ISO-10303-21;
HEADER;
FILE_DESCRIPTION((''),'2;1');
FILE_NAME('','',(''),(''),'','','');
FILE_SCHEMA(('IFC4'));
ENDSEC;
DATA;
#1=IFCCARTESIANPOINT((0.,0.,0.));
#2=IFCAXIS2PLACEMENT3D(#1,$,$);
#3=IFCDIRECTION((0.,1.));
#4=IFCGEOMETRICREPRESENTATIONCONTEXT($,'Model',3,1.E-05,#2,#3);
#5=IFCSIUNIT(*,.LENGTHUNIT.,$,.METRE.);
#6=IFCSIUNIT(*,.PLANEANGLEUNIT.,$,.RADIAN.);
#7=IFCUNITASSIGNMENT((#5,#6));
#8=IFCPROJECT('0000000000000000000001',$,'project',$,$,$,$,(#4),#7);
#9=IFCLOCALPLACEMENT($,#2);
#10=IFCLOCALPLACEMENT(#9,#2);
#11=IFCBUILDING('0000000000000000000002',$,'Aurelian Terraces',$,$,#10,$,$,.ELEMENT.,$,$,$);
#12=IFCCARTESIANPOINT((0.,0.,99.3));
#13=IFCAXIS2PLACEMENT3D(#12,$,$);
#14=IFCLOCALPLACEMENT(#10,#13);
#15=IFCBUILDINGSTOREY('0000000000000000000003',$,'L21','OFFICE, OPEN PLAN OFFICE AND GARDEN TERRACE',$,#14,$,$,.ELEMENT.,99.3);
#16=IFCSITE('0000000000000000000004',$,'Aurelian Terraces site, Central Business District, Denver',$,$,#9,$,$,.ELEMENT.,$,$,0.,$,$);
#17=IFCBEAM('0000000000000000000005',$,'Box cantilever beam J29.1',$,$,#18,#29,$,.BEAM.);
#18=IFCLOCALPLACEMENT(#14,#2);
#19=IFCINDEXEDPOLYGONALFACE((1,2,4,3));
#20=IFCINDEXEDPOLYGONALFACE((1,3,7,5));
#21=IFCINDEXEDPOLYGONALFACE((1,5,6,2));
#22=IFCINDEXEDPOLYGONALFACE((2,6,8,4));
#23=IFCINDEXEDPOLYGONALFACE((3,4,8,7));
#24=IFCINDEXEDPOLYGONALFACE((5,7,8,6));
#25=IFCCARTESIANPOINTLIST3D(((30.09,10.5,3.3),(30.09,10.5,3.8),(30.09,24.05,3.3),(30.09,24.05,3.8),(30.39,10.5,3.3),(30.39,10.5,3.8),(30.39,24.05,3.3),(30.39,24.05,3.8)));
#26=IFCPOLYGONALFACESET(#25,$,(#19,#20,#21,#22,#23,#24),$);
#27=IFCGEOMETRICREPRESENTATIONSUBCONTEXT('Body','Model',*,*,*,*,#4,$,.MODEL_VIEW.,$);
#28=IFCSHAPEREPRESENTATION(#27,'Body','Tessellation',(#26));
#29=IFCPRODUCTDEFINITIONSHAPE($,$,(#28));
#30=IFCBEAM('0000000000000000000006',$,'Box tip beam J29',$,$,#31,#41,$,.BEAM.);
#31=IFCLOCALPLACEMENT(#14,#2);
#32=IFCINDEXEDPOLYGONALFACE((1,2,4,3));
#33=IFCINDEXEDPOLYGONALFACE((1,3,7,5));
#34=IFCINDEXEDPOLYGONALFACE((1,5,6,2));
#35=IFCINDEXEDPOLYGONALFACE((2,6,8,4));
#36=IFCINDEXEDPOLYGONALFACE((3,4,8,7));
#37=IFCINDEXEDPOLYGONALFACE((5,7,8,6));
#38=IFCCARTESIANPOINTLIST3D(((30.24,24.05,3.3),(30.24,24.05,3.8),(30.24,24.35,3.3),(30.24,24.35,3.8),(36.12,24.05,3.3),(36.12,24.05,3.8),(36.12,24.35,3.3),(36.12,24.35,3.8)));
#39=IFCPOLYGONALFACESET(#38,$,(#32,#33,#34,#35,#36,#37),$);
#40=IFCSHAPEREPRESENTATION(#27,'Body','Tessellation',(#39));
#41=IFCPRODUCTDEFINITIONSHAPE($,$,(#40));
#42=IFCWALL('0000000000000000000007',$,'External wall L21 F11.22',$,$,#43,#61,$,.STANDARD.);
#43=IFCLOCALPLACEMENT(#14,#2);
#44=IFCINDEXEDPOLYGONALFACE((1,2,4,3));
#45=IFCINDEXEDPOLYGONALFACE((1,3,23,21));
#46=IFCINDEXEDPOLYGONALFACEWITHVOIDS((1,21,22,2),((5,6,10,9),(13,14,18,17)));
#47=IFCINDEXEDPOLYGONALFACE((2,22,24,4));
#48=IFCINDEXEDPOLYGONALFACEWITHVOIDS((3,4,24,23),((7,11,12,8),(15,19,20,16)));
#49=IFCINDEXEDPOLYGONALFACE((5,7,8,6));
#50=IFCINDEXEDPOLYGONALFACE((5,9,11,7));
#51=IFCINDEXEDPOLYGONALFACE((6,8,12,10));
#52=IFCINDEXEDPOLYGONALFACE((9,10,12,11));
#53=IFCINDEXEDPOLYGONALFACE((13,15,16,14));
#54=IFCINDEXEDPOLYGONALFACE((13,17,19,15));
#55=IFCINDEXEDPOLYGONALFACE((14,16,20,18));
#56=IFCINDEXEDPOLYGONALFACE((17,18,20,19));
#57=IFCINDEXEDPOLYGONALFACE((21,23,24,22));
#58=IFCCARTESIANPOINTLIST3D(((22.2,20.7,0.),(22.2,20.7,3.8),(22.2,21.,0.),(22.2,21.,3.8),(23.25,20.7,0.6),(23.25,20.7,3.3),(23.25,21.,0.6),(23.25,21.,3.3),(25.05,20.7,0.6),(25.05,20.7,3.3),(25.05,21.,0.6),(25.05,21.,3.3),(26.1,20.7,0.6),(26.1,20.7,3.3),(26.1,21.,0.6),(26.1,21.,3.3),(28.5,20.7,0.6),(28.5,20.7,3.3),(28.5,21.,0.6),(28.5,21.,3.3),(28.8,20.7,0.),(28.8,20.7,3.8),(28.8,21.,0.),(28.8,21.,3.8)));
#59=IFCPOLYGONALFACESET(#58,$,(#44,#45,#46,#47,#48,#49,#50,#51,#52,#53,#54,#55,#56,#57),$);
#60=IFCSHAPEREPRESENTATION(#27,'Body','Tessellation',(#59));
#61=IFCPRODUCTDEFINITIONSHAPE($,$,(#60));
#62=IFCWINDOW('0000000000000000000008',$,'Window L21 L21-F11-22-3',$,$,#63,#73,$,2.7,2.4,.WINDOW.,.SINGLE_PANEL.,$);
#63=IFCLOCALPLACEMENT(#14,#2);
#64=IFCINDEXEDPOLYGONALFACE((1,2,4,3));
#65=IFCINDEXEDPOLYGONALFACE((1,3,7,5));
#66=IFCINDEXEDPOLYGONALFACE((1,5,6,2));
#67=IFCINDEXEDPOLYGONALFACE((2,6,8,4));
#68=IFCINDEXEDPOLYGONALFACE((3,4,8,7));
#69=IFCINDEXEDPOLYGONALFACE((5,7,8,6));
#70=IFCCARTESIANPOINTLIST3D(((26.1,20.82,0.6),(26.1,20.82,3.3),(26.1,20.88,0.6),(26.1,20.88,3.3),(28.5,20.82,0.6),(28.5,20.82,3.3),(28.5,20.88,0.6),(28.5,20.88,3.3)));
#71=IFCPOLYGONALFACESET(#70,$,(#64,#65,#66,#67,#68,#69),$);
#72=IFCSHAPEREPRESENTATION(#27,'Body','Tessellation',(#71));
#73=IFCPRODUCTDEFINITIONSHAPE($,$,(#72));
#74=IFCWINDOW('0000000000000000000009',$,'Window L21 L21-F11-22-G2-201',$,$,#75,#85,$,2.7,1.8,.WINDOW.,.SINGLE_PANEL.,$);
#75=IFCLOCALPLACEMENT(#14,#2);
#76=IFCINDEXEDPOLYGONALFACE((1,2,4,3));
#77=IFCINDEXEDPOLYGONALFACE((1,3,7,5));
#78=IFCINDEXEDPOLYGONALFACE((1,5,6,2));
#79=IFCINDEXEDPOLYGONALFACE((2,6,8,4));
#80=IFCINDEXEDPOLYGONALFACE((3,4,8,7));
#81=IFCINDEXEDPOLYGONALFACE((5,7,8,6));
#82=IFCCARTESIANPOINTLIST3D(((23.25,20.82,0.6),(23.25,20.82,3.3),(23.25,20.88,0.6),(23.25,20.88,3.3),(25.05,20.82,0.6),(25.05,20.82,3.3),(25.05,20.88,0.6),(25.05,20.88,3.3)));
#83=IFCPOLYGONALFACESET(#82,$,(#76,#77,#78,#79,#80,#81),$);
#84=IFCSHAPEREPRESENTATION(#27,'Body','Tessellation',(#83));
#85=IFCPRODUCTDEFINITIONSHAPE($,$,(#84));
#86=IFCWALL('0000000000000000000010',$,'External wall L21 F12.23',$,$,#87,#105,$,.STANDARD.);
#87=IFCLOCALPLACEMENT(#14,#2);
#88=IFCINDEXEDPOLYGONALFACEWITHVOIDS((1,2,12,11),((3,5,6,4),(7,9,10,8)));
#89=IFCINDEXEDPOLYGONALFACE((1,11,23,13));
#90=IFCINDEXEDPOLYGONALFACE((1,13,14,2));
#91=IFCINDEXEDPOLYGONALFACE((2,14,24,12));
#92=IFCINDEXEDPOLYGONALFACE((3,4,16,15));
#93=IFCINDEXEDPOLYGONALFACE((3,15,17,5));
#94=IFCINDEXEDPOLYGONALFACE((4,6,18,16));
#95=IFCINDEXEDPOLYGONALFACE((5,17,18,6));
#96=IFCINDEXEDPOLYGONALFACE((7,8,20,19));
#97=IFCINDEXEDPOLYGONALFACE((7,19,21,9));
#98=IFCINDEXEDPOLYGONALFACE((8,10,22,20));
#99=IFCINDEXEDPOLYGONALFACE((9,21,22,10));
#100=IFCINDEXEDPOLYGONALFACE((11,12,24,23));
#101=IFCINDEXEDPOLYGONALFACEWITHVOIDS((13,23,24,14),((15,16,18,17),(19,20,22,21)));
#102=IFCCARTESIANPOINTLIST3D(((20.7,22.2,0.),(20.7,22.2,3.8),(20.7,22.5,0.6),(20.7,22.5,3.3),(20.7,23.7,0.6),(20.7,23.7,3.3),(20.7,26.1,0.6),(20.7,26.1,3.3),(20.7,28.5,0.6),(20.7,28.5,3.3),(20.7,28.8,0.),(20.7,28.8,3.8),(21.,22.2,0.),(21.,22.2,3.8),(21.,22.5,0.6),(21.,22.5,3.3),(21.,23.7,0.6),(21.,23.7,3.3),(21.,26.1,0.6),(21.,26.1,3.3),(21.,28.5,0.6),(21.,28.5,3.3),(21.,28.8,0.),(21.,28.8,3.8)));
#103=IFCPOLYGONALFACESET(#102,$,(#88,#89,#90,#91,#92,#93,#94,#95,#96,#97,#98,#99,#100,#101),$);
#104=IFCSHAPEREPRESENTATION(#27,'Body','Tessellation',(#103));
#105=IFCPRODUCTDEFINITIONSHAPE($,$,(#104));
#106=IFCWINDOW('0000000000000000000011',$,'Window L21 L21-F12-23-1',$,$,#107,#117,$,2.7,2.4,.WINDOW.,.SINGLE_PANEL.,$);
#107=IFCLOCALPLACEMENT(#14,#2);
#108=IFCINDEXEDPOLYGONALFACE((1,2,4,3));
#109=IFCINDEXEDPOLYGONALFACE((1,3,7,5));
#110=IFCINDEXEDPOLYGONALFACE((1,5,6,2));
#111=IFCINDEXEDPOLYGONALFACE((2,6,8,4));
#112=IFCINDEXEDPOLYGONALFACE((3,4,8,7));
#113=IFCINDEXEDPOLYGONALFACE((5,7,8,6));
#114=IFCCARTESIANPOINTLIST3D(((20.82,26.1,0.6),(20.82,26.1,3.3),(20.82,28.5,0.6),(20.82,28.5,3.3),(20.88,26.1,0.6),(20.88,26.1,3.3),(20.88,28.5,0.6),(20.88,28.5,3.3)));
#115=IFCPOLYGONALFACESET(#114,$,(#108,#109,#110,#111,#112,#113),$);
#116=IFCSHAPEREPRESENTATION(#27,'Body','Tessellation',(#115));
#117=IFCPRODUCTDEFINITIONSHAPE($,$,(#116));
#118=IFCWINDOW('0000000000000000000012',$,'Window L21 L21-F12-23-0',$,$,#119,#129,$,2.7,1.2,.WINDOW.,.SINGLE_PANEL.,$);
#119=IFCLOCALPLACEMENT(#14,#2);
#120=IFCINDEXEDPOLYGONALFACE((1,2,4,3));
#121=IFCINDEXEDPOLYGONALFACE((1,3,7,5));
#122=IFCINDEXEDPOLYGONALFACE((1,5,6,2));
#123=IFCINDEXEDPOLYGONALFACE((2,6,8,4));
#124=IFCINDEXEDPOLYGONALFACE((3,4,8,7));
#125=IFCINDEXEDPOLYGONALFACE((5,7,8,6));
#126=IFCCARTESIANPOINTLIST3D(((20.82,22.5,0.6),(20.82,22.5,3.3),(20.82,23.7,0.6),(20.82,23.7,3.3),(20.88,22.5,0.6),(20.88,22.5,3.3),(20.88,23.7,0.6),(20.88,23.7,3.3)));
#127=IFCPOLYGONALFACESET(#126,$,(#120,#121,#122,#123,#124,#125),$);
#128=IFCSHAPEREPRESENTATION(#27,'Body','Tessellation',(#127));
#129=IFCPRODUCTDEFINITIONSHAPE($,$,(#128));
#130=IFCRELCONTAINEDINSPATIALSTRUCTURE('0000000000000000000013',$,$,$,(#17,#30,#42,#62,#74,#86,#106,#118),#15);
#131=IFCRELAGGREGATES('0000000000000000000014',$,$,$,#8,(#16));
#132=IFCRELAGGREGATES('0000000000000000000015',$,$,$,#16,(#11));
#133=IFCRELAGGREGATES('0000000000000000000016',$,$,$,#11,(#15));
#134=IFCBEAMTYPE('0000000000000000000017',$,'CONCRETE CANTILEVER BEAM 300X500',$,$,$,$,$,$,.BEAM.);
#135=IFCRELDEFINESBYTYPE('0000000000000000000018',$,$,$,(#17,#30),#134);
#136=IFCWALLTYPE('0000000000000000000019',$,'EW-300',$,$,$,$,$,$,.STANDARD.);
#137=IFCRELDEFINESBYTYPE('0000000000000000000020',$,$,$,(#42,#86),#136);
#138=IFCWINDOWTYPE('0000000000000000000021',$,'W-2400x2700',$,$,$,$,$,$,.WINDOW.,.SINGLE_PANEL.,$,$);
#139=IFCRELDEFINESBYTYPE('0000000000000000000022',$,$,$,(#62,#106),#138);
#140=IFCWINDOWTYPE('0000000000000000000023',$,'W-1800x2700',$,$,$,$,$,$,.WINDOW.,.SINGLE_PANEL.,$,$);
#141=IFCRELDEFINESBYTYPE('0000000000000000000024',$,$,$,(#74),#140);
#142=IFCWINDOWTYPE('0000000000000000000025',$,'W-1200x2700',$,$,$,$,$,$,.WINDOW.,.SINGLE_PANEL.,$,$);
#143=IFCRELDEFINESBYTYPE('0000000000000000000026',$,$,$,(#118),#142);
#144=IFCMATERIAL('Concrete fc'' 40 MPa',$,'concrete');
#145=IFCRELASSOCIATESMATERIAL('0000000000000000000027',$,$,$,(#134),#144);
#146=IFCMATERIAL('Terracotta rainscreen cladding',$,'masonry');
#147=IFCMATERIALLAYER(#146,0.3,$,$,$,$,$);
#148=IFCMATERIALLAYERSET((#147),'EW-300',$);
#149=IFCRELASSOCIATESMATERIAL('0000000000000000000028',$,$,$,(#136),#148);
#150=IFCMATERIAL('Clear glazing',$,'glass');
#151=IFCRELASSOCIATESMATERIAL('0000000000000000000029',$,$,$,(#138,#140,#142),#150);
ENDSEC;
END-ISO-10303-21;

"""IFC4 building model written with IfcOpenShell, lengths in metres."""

from ifc_helpers import new_model, si_unit, direction, frame, frame_2d, origin, origin_2d, place, context, subcontext, project, spatial, rectangle, extrude, source, transform, mapped, material, layer, layer_set, material_profile, profile_set, type_object, element, fill, save


model = new_model("IFC4")

# Units and contexts
model_context = context("Model", 3, precision=1e-05, world=origin(), true_north=direction((0.0, 1.0)))
body_context = subcontext(model_context, "Body", "Model", "MODEL_VIEW")
ifc_project = project(units=[si_unit("LENGTHUNIT", "METRE"), si_unit("PLANEANGLEUNIT", "RADIAN")], contexts=[model_context])

# Site, building, storey
site_placement = place(None, origin())
site = spatial("IfcSite", under=ifc_project, at=site_placement, Name="Aurelian Terraces site, Central Business District, Denver", CompositionType="ELEMENT", RefElevation=0.0)
building_placement = place(site_placement, origin())
building = spatial("IfcBuilding", under=site, at=building_placement, Name="Aurelian Terraces", CompositionType="ELEMENT")
storey_placement = place(building_placement, frame((0.0, 0.0, 99.3)))
storey = spatial("IfcBuildingStorey", under=building, at=storey_placement, Name="L21", Description="OFFICE, OPEN PLAN OFFICE AND GARDEN TERRACE", CompositionType="ELEMENT", Elevation=99.3)

# Beams
ifc_material_1 = material(Name="Concrete fc' 40 MPa", Category="concrete")
ifc_material_profile = material_profile(ifc_material_1, rectangle(XDim=0.3, YDim=0.5, at=origin_2d()))
ifc_profile_set = profile_set([ifc_material_profile], Name="Concrete fc' 40 MPa")
beam_type = type_object("IfcBeamType", Name="CONCRETE CANTILEVER BEAM 300X500", PredefinedType="BEAM", material=ifc_profile_set)
shared_shape_1 = source(origin(), body_context, "Body", "SweptSolid", [
    extrude(rectangle(XDim=0.3, YDim=0.5, at=origin_2d()), origin(), (0.0, 0.0, 1.0), 13.55),
])
beam_1_placement = place(storey_placement, frame((30.24, 24.05, 3.55), z_axis=(0.0, -1.0, 0.0), x_axis=(1.0, 0.0, 0.0)))
element("IfcBeam", 1, at=beam_1_placement, inside=storey, type_object=beam_type, Name="Box cantilever beam J29.1", PredefinedType="BEAM", context=body_context, shape_type="MappedRepresentation", body=[
    mapped(shared_shape_1, transform((0.0, 0.0, 0.0), scale=1.0)),
])
shared_shape_2 = source(origin(), body_context, "Body", "SweptSolid", [
    extrude(rectangle(XDim=0.3, YDim=0.5, at=origin_2d()), origin(), (0.0, 0.0, 1.0), 5.88),
])
beam_2_placement = place(storey_placement, frame((30.24, 24.2, 3.55), z_axis=(1.0, 0.0, 0.0), x_axis=(0.0, 1.0, 0.0)))
element("IfcBeam", 2, at=beam_2_placement, inside=storey, type_object=beam_type, Name="Box tip beam J29", PredefinedType="BEAM", context=body_context, shape_type="MappedRepresentation", body=[
    mapped(shared_shape_2, transform((0.0, 0.0, 0.0), scale=1.0)),
])

# Walls, openings, windows
ifc_material_2 = material(Name="Terracotta rainscreen cladding", Category="masonry")
ifc_layer_1 = layer(ifc_material_2, 0.3)
ifc_layer_set_1 = layer_set([ifc_layer_1], Name="EW-300")
wall_type_1 = type_object("IfcWallType", Name="EW-300", PredefinedType="STANDARD", material=ifc_layer_set_1)
shared_shape_3 = source(origin(), body_context, "Body", "SweptSolid", [
    extrude(rectangle(XDim=6.6, YDim=0.3, at=frame_2d((3.3, 0.0))), origin(), (0.0, 0.0, 1.0), 3.8),
])
wall_1_placement = place(storey_placement, frame((28.8, 20.85, 0.0), z_axis=(0.0, 0.0, 1.0), x_axis=(-1.0, 0.0, 0.0)))
wall_1 = element("IfcWall", 3, at=wall_1_placement, inside=storey, type_object=wall_type_1, Name="External wall L21 F11.22", PredefinedType="STANDARD", context=body_context, shape_type="MappedRepresentation", body=[
    mapped(shared_shape_3, transform((0.0, 0.0, 0.0), scale=1.0)),
])
shared_shape_4 = source(origin(), body_context, "Body", "SweptSolid", [
    extrude(rectangle(XDim=2.4, YDim=2.7, at=frame_2d((1.2, 1.35))), frame((0.0, 0.16, 0.0), z_axis=(0.0, -1.0, 0.0), x_axis=(1.0, 0.0, 0.0)), (0.0, 0.0, 1.0), 0.32),
])
opening_1_placement = place(wall_1_placement, frame((0.3, 0.0, 0.6)))
opening_1 = element("IfcOpeningElement", 4, at=opening_1_placement, cuts=wall_1, PredefinedType="OPENING", context=body_context, shape_type="MappedRepresentation", body=[
    mapped(shared_shape_4, transform((0.0, 0.0, 0.0), scale=1.0)),
])
shared_shape_5 = source(origin(), body_context, "Body", "SweptSolid", [
    extrude(rectangle(XDim=1.8, YDim=2.7, at=frame_2d((0.9, 1.35))), frame((0.0, 0.16, 0.0), z_axis=(0.0, -1.0, 0.0), x_axis=(1.0, 0.0, 0.0)), (0.0, 0.0, 1.0), 0.32),
])
opening_2_placement = place(wall_1_placement, frame((3.75, 0.0, 0.6)))
opening_2 = element("IfcOpeningElement", 5, at=opening_2_placement, cuts=wall_1, PredefinedType="OPENING", context=body_context, shape_type="MappedRepresentation", body=[
    mapped(shared_shape_5, transform((0.0, 0.0, 0.0), scale=1.0)),
])
ifc_material_3 = material(Name="Clear glazing", Category="glass")
window_type_1 = type_object("IfcWindowType", Name="W-2400x2700", PartitioningType="SINGLE_PANEL", PredefinedType="WINDOW", material=ifc_material_3)
shared_shape_6 = source(origin(), body_context, "Body", "SweptSolid", [
    extrude(rectangle(XDim=2.4, YDim=2.7, at=frame_2d((1.2, 1.35))), frame((0.0, 0.03, 0.0), z_axis=(0.0, -1.0, 0.0), x_axis=(1.0, 0.0, 0.0)), (0.0, 0.0, 1.0), 0.06),
])
window_1_placement = place(opening_1_placement, origin())
window_1 = element("IfcWindow", 6, at=window_1_placement, inside=storey, type_object=window_type_1, Name="Window L21 L21-F11-22-3", OverallHeight=2.7, OverallWidth=2.4, PartitioningType="SINGLE_PANEL", PredefinedType="WINDOW", context=body_context, shape_type="MappedRepresentation", body=[
    mapped(shared_shape_6, transform((0.0, 0.0, 0.0), scale=1.0)),
])
fill(opening_1, window_1)
window_type_2 = type_object("IfcWindowType", Name="W-1800x2700", PartitioningType="SINGLE_PANEL", PredefinedType="WINDOW", material=ifc_material_3)
shared_shape_7 = source(origin(), body_context, "Body", "SweptSolid", [
    extrude(rectangle(XDim=1.8, YDim=2.7, at=frame_2d((0.9, 1.35))), frame((0.0, 0.03, 0.0), z_axis=(0.0, -1.0, 0.0), x_axis=(1.0, 0.0, 0.0)), (0.0, 0.0, 1.0), 0.06),
])
window_2_placement = place(opening_2_placement, origin())
window_2 = element("IfcWindow", 7, at=window_2_placement, inside=storey, type_object=window_type_2, Name="Window L21 L21-F11-22-G2-201", OverallHeight=2.7, OverallWidth=1.8, PartitioningType="SINGLE_PANEL", PredefinedType="WINDOW", context=body_context, shape_type="MappedRepresentation", body=[
    mapped(shared_shape_7, transform((0.0, 0.0, 0.0), scale=1.0)),
])
fill(opening_2, window_2)
wall_2_placement = place(storey_placement, frame((20.85, 22.2, 0.0), z_axis=(0.0, 0.0, 1.0), x_axis=(0.0, 1.0, 0.0)))
wall_2 = element("IfcWall", 8, at=wall_2_placement, inside=storey, type_object=wall_type_1, Name="External wall L21 F12.23", PredefinedType="STANDARD", context=body_context, shape_type="MappedRepresentation", body=[
    mapped(shared_shape_3, transform((0.0, 0.0, 0.0), scale=1.0)),
])
shared_shape_8 = source(origin(), body_context, "Body", "SweptSolid", [
    extrude(rectangle(XDim=1.2, YDim=2.7, at=frame_2d((0.6, 1.35))), frame((0.0, 0.16, 0.0), z_axis=(0.0, -1.0, 0.0), x_axis=(1.0, 0.0, 0.0)), (0.0, 0.0, 1.0), 0.32),
])
opening_3_placement = place(wall_2_placement, frame((0.3, 0.0, 0.6)))
opening_3 = element("IfcOpeningElement", 9, at=opening_3_placement, cuts=wall_2, PredefinedType="OPENING", context=body_context, shape_type="MappedRepresentation", body=[
    mapped(shared_shape_8, transform((0.0, 0.0, 0.0), scale=1.0)),
])
opening_4_placement = place(wall_2_placement, frame((3.9, 0.0, 0.6)))
opening_4 = element("IfcOpeningElement", 10, at=opening_4_placement, cuts=wall_2, PredefinedType="OPENING", context=body_context, shape_type="MappedRepresentation", body=[
    mapped(shared_shape_4, transform((0.0, 0.0, 0.0), scale=1.0)),
])
window_3_placement = place(opening_4_placement, origin())
window_3 = element("IfcWindow", 11, at=window_3_placement, inside=storey, type_object=window_type_1, Name="Window L21 L21-F12-23-1", OverallHeight=2.7, OverallWidth=2.4, PartitioningType="SINGLE_PANEL", PredefinedType="WINDOW", context=body_context, shape_type="MappedRepresentation", body=[
    mapped(shared_shape_6, transform((0.0, 0.0, 0.0), scale=1.0)),
])
fill(opening_4, window_3)
window_type_3 = type_object("IfcWindowType", Name="W-1200x2700", PartitioningType="SINGLE_PANEL", PredefinedType="WINDOW", material=ifc_material_3)
shared_shape_9 = source(origin(), body_context, "Body", "SweptSolid", [
    extrude(rectangle(XDim=1.2, YDim=2.7, at=frame_2d((0.6, 1.35))), frame((0.0, 0.03, 0.0), z_axis=(0.0, -1.0, 0.0), x_axis=(1.0, 0.0, 0.0)), (0.0, 0.0, 1.0), 0.06),
])
window_4_placement = place(opening_3_placement, origin())
window_4 = element("IfcWindow", 12, at=window_4_placement, inside=storey, type_object=window_type_3, Name="Window L21 L21-F12-23-0", OverallHeight=2.7, OverallWidth=1.2, PartitioningType="SINGLE_PANEL", PredefinedType="WINDOW", context=body_context, shape_type="MappedRepresentation", body=[
    mapped(shared_shape_9, transform((0.0, 0.0, 0.0), scale=1.0)),
])
fill(opening_3, window_4)

save(model, "model.ifc")
